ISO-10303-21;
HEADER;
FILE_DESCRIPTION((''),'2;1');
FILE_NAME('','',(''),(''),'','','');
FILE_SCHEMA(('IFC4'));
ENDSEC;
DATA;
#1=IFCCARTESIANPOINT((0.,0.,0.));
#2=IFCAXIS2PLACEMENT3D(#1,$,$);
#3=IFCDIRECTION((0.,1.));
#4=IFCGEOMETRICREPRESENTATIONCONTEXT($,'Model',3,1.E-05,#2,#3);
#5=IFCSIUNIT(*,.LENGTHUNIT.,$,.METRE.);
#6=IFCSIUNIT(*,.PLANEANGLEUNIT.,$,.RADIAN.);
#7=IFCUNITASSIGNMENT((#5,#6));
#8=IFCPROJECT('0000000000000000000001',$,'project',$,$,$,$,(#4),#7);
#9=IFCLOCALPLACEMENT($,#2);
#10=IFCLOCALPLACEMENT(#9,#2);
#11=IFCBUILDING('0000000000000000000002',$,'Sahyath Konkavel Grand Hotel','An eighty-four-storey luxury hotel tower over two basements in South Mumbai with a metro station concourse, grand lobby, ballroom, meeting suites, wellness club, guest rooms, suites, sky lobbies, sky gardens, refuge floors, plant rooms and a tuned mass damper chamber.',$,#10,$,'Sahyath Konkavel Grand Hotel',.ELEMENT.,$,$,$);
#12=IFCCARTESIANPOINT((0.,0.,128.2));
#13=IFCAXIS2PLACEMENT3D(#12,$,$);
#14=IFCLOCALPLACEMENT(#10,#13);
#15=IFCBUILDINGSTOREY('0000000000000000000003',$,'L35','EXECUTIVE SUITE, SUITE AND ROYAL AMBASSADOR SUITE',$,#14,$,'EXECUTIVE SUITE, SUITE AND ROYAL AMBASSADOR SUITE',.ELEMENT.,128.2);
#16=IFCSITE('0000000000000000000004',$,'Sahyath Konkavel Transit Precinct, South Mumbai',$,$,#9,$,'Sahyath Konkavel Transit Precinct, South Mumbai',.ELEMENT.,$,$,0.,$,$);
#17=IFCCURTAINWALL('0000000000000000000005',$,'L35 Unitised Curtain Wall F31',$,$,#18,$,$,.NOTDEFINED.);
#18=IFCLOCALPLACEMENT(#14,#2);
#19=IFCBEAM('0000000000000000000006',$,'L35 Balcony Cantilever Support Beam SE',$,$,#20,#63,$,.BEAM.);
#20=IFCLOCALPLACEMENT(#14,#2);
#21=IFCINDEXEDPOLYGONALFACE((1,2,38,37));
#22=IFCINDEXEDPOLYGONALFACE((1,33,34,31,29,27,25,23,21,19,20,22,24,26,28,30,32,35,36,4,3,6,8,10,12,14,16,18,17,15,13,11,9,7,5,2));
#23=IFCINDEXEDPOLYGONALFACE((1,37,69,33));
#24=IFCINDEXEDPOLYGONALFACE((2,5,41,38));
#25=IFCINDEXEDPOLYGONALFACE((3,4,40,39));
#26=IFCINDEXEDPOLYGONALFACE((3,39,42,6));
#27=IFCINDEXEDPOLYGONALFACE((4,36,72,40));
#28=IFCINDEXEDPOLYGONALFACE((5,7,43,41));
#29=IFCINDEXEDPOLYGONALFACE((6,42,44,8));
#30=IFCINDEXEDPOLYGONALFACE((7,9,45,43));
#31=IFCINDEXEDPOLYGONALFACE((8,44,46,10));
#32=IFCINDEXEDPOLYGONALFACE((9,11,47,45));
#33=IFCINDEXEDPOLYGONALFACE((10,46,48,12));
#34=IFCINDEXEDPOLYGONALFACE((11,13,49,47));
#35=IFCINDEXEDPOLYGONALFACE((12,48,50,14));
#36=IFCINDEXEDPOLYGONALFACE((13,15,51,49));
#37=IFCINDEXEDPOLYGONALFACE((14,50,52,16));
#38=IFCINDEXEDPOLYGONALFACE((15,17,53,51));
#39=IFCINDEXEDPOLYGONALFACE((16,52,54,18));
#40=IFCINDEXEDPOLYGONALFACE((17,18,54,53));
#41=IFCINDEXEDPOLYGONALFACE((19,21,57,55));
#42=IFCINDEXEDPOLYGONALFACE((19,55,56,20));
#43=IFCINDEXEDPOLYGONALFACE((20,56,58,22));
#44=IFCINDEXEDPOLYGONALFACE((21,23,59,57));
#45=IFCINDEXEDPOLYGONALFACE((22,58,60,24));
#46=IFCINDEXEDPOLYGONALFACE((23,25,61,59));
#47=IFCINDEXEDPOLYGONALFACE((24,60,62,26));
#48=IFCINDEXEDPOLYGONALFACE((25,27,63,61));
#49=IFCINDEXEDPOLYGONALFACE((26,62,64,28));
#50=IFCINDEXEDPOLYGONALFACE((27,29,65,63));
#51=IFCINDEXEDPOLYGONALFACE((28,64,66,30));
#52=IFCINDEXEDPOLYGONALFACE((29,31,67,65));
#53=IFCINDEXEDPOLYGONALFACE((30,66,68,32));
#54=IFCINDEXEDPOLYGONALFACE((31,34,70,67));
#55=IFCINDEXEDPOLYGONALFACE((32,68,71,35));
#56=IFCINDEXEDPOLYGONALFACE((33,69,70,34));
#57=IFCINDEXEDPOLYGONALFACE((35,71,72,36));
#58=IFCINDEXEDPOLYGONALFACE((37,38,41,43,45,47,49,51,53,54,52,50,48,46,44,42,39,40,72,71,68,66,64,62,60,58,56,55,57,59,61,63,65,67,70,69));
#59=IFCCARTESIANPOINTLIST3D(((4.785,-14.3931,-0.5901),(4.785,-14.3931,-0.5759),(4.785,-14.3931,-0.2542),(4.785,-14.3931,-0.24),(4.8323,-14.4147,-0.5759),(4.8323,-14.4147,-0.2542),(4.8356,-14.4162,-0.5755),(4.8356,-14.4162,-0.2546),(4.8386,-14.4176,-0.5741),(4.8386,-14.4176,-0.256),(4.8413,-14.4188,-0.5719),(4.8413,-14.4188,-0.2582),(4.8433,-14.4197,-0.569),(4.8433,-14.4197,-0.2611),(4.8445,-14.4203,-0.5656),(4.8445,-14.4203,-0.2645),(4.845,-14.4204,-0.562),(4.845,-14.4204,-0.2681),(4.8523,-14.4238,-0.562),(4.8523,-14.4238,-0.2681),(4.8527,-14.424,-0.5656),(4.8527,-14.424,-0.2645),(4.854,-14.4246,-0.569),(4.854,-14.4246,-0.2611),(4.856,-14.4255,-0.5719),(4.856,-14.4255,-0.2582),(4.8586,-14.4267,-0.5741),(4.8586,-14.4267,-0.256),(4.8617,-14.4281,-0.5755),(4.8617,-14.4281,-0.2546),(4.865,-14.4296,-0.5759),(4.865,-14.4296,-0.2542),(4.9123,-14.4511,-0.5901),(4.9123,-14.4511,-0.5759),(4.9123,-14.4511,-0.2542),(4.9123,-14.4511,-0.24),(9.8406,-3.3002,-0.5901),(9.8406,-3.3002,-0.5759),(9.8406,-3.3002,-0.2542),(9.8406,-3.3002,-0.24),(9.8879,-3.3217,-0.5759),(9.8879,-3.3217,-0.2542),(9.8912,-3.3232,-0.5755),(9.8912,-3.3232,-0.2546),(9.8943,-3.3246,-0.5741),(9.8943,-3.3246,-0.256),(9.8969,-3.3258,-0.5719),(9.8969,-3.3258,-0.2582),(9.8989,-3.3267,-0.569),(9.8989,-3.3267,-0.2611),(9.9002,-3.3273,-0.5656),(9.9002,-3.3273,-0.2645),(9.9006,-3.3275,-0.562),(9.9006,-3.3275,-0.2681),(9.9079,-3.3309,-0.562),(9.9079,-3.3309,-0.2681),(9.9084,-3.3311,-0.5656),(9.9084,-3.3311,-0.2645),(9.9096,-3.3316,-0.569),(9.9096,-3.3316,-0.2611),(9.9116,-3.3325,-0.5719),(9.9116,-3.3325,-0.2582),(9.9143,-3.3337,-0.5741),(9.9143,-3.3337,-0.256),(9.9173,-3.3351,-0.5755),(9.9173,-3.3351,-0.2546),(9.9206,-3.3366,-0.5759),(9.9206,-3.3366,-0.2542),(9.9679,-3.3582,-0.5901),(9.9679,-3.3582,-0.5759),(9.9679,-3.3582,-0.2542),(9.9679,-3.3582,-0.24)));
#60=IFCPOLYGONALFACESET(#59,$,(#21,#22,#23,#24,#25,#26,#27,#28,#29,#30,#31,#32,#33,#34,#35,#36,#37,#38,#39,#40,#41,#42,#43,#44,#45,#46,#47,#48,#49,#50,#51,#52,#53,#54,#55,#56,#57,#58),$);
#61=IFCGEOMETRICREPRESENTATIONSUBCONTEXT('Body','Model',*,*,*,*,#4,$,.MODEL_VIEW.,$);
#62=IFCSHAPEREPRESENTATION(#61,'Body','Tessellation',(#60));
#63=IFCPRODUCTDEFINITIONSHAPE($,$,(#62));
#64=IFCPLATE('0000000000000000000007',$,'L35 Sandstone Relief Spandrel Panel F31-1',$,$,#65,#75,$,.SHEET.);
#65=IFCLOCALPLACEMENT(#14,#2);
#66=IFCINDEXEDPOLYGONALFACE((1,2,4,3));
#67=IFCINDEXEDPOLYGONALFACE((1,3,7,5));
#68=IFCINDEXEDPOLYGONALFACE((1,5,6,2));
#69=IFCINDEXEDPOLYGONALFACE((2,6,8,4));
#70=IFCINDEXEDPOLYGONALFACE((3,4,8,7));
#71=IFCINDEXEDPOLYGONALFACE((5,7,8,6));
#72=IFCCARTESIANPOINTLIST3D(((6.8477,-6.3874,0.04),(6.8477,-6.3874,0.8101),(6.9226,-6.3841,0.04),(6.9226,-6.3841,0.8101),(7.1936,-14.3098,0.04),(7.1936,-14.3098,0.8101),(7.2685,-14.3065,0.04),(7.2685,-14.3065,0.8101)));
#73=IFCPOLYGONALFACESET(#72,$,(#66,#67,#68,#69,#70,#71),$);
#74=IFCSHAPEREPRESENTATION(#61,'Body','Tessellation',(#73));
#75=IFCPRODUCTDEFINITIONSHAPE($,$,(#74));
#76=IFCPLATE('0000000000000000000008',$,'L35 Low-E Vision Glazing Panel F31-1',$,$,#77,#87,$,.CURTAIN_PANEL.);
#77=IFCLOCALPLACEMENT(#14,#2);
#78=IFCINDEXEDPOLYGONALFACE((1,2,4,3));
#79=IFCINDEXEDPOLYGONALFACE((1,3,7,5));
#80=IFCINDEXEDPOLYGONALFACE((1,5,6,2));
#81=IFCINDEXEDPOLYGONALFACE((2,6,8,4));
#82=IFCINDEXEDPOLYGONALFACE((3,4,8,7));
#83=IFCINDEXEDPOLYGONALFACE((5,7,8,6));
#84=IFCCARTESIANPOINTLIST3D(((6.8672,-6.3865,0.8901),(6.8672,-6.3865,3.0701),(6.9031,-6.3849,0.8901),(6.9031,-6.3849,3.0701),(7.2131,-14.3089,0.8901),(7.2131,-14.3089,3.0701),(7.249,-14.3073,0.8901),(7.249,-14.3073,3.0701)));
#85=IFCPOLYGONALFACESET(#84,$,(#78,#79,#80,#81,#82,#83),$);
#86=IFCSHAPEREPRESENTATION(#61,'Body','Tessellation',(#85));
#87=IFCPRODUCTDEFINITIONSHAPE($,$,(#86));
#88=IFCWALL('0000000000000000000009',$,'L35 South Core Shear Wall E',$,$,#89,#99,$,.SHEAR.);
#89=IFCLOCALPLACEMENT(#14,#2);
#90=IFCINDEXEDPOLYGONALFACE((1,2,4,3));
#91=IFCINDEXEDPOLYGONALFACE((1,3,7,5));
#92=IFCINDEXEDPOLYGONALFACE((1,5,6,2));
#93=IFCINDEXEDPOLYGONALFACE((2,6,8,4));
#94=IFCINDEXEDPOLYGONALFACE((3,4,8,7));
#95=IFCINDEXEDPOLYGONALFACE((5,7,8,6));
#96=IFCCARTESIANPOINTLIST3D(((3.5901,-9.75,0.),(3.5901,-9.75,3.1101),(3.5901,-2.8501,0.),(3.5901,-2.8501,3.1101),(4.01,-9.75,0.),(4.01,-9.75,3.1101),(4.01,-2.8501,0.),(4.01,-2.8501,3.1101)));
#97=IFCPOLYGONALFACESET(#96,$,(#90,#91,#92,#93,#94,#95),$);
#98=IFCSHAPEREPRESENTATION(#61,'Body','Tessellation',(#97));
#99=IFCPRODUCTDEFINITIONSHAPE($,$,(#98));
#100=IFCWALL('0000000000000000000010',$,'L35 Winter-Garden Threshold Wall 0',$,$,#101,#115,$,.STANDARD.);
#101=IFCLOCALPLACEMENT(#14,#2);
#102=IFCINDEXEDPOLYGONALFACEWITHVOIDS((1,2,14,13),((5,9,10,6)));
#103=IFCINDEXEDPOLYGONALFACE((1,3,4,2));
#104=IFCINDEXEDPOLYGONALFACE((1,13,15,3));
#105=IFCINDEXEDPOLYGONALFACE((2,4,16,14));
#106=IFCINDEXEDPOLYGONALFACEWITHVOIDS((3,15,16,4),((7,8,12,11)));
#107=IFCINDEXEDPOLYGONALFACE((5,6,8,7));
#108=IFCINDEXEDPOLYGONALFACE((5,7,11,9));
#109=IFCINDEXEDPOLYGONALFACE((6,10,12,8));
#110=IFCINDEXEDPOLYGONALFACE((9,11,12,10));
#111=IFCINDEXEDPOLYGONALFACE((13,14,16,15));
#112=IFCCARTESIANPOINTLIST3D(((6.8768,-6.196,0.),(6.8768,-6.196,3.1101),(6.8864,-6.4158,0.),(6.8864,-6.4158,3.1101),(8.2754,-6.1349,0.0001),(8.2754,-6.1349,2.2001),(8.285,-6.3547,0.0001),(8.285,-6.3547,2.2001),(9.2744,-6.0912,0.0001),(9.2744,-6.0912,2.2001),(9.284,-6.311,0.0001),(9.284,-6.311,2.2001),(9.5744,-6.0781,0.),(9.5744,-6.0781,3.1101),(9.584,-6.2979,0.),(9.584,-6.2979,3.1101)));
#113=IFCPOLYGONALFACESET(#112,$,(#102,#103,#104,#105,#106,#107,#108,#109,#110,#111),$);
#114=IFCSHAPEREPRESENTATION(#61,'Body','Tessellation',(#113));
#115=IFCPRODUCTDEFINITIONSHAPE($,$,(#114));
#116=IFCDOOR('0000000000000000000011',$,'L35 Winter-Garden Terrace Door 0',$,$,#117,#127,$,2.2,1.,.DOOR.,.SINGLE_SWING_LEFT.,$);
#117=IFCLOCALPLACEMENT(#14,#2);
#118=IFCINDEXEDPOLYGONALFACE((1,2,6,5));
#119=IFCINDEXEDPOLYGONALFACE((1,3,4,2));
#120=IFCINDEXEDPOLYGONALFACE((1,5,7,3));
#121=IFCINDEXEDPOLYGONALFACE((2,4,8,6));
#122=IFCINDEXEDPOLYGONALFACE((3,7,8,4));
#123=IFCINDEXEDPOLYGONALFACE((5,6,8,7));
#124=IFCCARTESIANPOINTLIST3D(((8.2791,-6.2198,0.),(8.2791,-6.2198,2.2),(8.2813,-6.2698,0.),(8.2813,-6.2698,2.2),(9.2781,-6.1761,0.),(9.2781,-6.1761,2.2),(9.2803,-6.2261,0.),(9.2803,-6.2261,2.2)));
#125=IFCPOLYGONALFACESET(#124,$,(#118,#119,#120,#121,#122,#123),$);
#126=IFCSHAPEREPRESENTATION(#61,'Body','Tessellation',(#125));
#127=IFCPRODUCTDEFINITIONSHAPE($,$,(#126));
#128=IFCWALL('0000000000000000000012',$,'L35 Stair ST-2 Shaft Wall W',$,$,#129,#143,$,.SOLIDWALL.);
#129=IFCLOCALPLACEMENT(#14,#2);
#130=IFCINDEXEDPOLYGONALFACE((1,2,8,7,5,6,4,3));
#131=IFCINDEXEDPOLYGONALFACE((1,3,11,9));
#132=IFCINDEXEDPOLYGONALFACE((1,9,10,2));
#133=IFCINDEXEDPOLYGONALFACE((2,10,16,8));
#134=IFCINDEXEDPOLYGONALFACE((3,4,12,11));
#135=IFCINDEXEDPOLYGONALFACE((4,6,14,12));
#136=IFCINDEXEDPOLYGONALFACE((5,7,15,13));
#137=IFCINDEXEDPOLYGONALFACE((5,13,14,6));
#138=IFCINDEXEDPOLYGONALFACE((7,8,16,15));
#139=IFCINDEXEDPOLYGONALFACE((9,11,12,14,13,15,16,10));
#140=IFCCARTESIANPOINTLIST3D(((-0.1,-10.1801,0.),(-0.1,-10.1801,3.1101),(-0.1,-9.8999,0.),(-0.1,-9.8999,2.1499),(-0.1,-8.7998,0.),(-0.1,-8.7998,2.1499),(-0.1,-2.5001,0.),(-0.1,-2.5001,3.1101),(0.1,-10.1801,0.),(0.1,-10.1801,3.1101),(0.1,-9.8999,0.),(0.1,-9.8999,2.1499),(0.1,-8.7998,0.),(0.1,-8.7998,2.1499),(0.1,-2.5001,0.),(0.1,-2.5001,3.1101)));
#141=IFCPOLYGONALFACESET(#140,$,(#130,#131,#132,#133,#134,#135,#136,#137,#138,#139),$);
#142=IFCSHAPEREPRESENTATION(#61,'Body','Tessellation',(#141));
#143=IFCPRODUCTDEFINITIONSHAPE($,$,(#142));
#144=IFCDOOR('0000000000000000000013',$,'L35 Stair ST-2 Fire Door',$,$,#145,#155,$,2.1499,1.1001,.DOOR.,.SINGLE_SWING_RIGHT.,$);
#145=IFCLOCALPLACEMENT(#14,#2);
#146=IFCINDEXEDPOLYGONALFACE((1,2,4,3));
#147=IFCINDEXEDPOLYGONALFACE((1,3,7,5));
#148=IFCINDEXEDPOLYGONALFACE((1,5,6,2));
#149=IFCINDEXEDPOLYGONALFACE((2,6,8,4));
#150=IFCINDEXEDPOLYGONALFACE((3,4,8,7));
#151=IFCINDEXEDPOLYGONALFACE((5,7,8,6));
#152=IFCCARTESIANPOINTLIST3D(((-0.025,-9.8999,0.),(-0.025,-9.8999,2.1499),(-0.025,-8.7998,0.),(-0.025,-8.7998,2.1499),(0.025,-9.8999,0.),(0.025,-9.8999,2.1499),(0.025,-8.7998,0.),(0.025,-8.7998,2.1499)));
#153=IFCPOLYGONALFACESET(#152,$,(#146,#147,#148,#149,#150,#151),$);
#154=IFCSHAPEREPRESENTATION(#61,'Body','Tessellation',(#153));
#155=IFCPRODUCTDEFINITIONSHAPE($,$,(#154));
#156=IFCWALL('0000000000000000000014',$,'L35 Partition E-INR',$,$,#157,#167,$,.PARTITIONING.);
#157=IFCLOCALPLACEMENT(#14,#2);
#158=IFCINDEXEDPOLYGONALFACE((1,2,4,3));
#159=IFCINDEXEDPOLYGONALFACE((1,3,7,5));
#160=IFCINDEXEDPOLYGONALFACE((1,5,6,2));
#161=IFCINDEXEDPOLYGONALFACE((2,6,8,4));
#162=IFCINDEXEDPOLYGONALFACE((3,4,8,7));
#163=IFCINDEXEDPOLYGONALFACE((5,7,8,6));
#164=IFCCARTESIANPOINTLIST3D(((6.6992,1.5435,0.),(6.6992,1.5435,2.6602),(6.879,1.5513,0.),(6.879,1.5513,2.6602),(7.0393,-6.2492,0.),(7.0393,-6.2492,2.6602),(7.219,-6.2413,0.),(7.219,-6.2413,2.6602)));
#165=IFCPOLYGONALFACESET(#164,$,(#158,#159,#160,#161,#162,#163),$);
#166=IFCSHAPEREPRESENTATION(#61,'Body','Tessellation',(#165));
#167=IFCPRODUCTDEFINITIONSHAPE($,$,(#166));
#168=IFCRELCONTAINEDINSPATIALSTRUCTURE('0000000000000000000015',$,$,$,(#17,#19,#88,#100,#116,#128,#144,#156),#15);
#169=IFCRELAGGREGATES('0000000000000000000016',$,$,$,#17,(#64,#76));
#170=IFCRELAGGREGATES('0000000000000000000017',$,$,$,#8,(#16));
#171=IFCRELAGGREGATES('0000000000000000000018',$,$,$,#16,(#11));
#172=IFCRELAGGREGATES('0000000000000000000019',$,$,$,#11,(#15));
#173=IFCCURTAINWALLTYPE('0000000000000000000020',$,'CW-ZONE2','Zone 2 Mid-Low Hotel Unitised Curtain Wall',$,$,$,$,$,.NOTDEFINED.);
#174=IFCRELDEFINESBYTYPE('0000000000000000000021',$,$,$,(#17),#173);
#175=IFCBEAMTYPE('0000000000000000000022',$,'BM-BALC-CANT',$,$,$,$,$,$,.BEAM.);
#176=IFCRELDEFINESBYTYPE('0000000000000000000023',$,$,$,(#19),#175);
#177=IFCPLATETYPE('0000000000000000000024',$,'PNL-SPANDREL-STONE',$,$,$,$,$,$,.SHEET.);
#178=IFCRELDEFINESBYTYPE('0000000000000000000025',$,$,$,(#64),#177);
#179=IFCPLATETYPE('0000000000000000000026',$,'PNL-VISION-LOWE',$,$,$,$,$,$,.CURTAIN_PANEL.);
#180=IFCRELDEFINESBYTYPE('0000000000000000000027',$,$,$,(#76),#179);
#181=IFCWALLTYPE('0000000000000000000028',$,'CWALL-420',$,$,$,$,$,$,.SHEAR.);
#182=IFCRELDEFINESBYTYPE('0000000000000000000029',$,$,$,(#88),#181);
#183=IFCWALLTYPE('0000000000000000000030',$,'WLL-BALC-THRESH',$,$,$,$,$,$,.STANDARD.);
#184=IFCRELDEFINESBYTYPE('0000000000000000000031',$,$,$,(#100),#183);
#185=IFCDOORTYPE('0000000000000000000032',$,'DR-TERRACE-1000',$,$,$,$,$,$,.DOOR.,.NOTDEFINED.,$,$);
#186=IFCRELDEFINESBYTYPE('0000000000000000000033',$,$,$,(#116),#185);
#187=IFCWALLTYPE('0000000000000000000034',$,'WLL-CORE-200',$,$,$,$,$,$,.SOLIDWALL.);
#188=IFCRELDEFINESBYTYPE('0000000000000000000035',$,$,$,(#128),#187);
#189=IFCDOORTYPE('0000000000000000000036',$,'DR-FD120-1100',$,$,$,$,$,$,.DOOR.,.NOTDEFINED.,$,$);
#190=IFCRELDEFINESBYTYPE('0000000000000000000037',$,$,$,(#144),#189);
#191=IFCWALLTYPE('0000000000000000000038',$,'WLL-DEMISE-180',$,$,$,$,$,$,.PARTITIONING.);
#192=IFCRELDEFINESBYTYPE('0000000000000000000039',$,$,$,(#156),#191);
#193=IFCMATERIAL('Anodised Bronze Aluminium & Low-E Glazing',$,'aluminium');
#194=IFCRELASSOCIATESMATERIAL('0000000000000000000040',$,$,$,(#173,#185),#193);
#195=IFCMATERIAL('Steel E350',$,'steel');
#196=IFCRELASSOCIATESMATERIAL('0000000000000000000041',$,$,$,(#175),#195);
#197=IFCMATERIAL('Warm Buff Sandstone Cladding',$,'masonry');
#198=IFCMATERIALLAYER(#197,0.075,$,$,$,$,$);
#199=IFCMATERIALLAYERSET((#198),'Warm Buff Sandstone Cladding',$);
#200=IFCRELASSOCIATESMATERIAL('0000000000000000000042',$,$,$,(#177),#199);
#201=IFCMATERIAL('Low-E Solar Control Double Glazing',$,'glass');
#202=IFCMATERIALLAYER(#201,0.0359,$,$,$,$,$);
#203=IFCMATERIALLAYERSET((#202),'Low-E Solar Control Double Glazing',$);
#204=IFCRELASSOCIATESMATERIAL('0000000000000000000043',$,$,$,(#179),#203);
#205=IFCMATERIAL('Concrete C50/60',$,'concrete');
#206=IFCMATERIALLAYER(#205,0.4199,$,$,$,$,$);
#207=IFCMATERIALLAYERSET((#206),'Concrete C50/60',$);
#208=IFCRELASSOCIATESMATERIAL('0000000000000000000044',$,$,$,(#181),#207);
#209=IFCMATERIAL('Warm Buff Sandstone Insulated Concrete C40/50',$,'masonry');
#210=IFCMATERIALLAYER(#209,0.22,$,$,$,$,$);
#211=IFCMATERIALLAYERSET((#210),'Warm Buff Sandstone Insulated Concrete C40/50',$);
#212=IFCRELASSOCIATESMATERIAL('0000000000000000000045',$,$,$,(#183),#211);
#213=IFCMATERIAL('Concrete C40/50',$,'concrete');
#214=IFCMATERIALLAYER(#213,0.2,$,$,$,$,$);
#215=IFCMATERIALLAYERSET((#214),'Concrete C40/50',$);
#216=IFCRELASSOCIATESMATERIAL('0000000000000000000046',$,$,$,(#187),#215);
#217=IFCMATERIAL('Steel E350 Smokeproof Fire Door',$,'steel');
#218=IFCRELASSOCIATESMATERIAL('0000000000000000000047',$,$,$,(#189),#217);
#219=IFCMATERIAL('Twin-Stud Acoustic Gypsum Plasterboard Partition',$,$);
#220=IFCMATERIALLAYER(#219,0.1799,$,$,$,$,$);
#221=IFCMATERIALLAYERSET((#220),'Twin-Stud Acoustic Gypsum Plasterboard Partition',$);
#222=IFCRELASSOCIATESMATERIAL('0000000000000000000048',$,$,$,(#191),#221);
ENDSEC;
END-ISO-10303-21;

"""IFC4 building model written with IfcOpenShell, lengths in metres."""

from ifc_helpers import new_model, si_unit, direction, frame, frame_2d, origin, origin_2d, place, context, subcontext, project, spatial, rectangle, i_section, extrude, source, transform, mapped, material, layer, layer_set, material_profile, profile_set, type_object, element, fill, aggregate, save


model = new_model("IFC4")

# Units and contexts
model_context = context("Model", 3, precision=1e-05, world=origin(), true_north=direction((0.0, 1.0)))
body_context = subcontext(model_context, "Body", "Model", "MODEL_VIEW")
ifc_project = project(units=[si_unit("LENGTHUNIT", "METRE"), si_unit("PLANEANGLEUNIT", "RADIAN")], contexts=[model_context])

# Site, building, storey
site_placement = place(None, origin())
site = spatial("IfcSite", under=ifc_project, at=site_placement, Name="Sahyath Konkavel Transit Precinct, South Mumbai", LongName="Sahyath Konkavel Transit Precinct, South Mumbai", CompositionType="ELEMENT", RefElevation=0.0)
building_placement = place(site_placement, origin())
building = spatial("IfcBuilding", under=site, at=building_placement, Name="Sahyath Konkavel Grand Hotel", Description="An eighty-four-storey luxury hotel tower over two basements in South Mumbai with a metro station concourse, grand lobby, ballroom, meeting suites, wellness club, guest rooms, suites, sky lobbies, sky gardens, refuge floors, plant rooms and a tuned mass damper chamber.", LongName="Sahyath Konkavel Grand Hotel", CompositionType="ELEMENT")
storey_placement = place(building_placement, frame((0.0, 0.0, 128.2)))
storey = spatial("IfcBuildingStorey", under=building, at=storey_placement, Name="L35", Description="EXECUTIVE SUITE, SUITE AND ROYAL AMBASSADOR SUITE", LongName="EXECUTIVE SUITE, SUITE AND ROYAL AMBASSADOR SUITE", CompositionType="ELEMENT", Elevation=128.2)

# Shared definitions
ifc_material_1 = material(Name="Steel E350", Category="steel")

# Shared definitions
ifc_material_2 = material(Name="Anodised Bronze Aluminium & Low-E Glazing", Category="aluminium")
curtain_wall_type = type_object("IfcCurtainWallType", Name="CW-ZONE2", Description="Zone 2 Mid-Low Hotel Unitised Curtain Wall", PredefinedType="NOTDEFINED", material=ifc_material_2)

# Curtain wall
curtain_wall_1_placement = place(storey_placement, origin())
curtain_wall_1 = element("IfcCurtainWall", 1, at=curtain_wall_1_placement, inside=storey, type_object=curtain_wall_type, Name="L35 Unitised Curtain Wall F31", PredefinedType="NOTDEFINED")

# Beam
ifc_material_profile_1 = material_profile(ifc_material_1, i_section(OverallWidth=0.1399, OverallDepth=0.3501, WebThickness=0.0081, FlangeThickness=0.0142, FilletRadius=0.0139, at=origin_2d()), Name="ISMB 350")
ifc_profile_set_1 = profile_set([ifc_material_profile_1], Name="Steel E350")
beam_type_1 = type_object("IfcBeamType", Name="BM-BALC-CANT", PredefinedType="BEAM", material=ifc_profile_set_1)
shared_shape_1 = source(origin(), body_context, "Body", "SweptSolid", [
    extrude(i_section(OverallWidth=0.1399, OverallDepth=0.3501, WebThickness=0.0081, FlangeThickness=0.0142, FilletRadius=0.0139, at=origin_2d()), origin(), (0.0, 0.0, 1.0), 12.1907),
])
beam_1_placement = place(storey_placement, frame((4.8486, -14.4221, -0.415), z_axis=(0.414713, 0.909952, 0.0), x_axis=(-0.909952, 0.414713, 0.0)))
element("IfcBeam", 2, at=beam_1_placement, inside=storey, type_object=beam_type_1, Name="L35 Balcony Cantilever Support Beam SE", PredefinedType="BEAM", context=body_context, shape_type="MappedRepresentation", body=[
    mapped(shared_shape_1, transform((0.0, 0.0, 0.0), scale=1.0)),
])

# Plates
ifc_material_3 = material(Name="Warm Buff Sandstone Cladding", Category="masonry")
ifc_layer_1 = layer(ifc_material_3, 0.075)
ifc_layer_set_1 = layer_set([ifc_layer_1], Name="Warm Buff Sandstone Cladding")
plate_type_1 = type_object("IfcPlateType", Name="PNL-SPANDREL-STONE", PredefinedType="SHEET", material=ifc_layer_set_1)
shared_shape_2 = source(origin(), body_context, "Body", "SweptSolid", [
    extrude(rectangle(XDim=7.9299, YDim=0.075, at=origin_2d()), origin(), (0.0, 0.0, 1.0), 0.77),
])
plate_1_placement = place(storey_placement, frame((7.0581, -10.3469, 0.04), z_axis=(0.0, 0.0, 1.0), x_axis=(-0.043619, 0.999048, 0.0)))
plate_1 = element("IfcPlate", 3, at=plate_1_placement, type_object=plate_type_1, Name="L35 Sandstone Relief Spandrel Panel F31-1", PredefinedType="SHEET", context=body_context, shape_type="MappedRepresentation", body=[
    mapped(shared_shape_2, transform((0.0, 0.0, 0.0), scale=1.0)),
])
ifc_material_4 = material(Name="Low-E Solar Control Double Glazing", Category="glass")
ifc_layer_2 = layer(ifc_material_4, 0.0359)
ifc_layer_set_2 = layer_set([ifc_layer_2], Name="Low-E Solar Control Double Glazing")
plate_type_2 = type_object("IfcPlateType", Name="PNL-VISION-LOWE", PredefinedType="CURTAIN_PANEL", material=ifc_layer_set_2)
shared_shape_3 = source(origin(), body_context, "Body", "SweptSolid", [
    extrude(rectangle(XDim=7.9299, YDim=0.0359, at=origin_2d()), origin(), (0.0, 0.0, 1.0), 2.1799),
])
plate_2_placement = place(storey_placement, frame((7.0581, -10.3469, 0.8901), z_axis=(0.0, 0.0, 1.0), x_axis=(-0.043619, 0.999048, 0.0)))
plate_2 = element("IfcPlate", 4, at=plate_2_placement, type_object=plate_type_2, Name="L35 Low-E Vision Glazing Panel F31-1", PredefinedType="CURTAIN_PANEL", context=body_context, shape_type="MappedRepresentation", body=[
    mapped(shared_shape_3, transform((0.0, 0.0, 0.0), scale=1.0)),
])
aggregate(curtain_wall_1, [plate_1, plate_2])

# Wall
ifc_material_5 = material(Name="Concrete C50/60", Category="concrete")
ifc_layer_3 = layer(ifc_material_5, 0.4199)
ifc_layer_set_3 = layer_set([ifc_layer_3], Name="Concrete C50/60")
wall_type_1 = type_object("IfcWallType", Name="CWALL-420", PredefinedType="SHEAR", material=ifc_layer_set_3)
wall_1_placement = place(storey_placement, frame((3.8, -9.75, 0.0), z_axis=(0.0, 0.0, 1.0), x_axis=(0.0, 1.0, 0.0)))
element("IfcWall", 5, at=wall_1_placement, inside=storey, type_object=wall_type_1, Name="L35 South Core Shear Wall E", PredefinedType="SHEAR", context=body_context, shape_type="SweptSolid", body=[
    extrude(rectangle(XDim=6.8999, YDim=0.4199, at=frame_2d((3.45, 0.0))), origin(), (0.0, 0.0, 1.0), 3.1101),
])

# Walls, openings, doors
ifc_material_6 = material(Name="Warm Buff Sandstone Insulated Concrete C40/50", Category="masonry")
ifc_layer_4 = layer(ifc_material_6, 0.22)
ifc_layer_set_4 = layer_set([ifc_layer_4], Name="Warm Buff Sandstone Insulated Concrete C40/50")
wall_type_2 = type_object("IfcWallType", Name="WLL-BALC-THRESH", PredefinedType="STANDARD", material=ifc_layer_set_4)
wall_2_placement = place(storey_placement, frame((6.8816, -6.3059, 0.0), z_axis=(0.0, 0.0, 1.0), x_axis=(0.999046, 0.043673, 0.0)))
wall_2 = element("IfcWall", 6, at=wall_2_placement, inside=storey, type_object=wall_type_2, Name="L35 Winter-Garden Threshold Wall 0", PredefinedType="STANDARD", context=body_context, shape_type="SweptSolid", body=[
    extrude(rectangle(XDim=2.7002, YDim=0.22, at=frame_2d((1.3501, 0.0))), origin(), (0.0, 0.0, 1.0), 3.1101),
])
opening_1_placement = place(wall_2_placement, frame((1.3999, 0.0, 0.0)))
opening_1 = element("IfcOpeningElement", 7, at=opening_1_placement, cuts=wall_2, PredefinedType="OPENING", context=body_context, shape_type="SweptSolid", body=[
    extrude(rectangle(XDim=1.0, YDim=2.2, at=frame_2d((0.5, 1.1001))), frame((0.0, 0.1201, 0.0), z_axis=(0.0, -1.0, 0.0), x_axis=(1.0, 0.0, 0.0)), (0.0, 0.0, 1.0), 0.24),
])
door_type_1 = type_object("IfcDoorType", Name="DR-TERRACE-1000", OperationType="NOTDEFINED", PredefinedType="DOOR", material=ifc_material_2)
shared_shape_4 = source(origin(), body_context, "Body", "SweptSolid", [
    extrude(rectangle(XDim=1.0, YDim=0.05, at=origin_2d()), origin(), (0.0, 0.0, 1.0), 2.2),
])
door_1_placement = place(opening_1_placement, frame((0.5, 0.0, 0.0)))
door_1 = element("IfcDoor", 8, at=door_1_placement, inside=storey, type_object=door_type_1, Name="L35 Winter-Garden Terrace Door 0", OperationType="SINGLE_SWING_LEFT", OverallHeight=2.2, OverallWidth=1.0, PredefinedType="DOOR", context=body_context, shape_type="MappedRepresentation", body=[
    mapped(shared_shape_4, transform((0.0, 0.0, 0.0), scale=1.0)),
])
fill(opening_1, door_1)
ifc_material_7 = material(Name="Concrete C40/50", Category="concrete")
ifc_layer_5 = layer(ifc_material_7, 0.2)
ifc_layer_set_5 = layer_set([ifc_layer_5], Name="Concrete C40/50")
wall_type_3 = type_object("IfcWallType", Name="WLL-CORE-200", PredefinedType="SOLIDWALL", material=ifc_layer_set_5)
wall_3_placement = place(storey_placement, frame((0.0, -10.1799, 0.0), z_axis=(0.0, 0.0, 1.0), x_axis=(0.0, 1.0, 0.0)))
wall_3 = element("IfcWall", 9, at=wall_3_placement, inside=storey, type_object=wall_type_3, Name="L35 Stair ST-2 Shaft Wall W", PredefinedType="SOLIDWALL", context=body_context, shape_type="SweptSolid", body=[
    extrude(rectangle(XDim=7.6799, YDim=0.2, at=frame_2d((3.8398, 0.0))), origin(), (0.0, 0.0, 1.0), 3.1101),
])
opening_2_placement = place(wall_3_placement, frame((0.28, 0.0, 0.0)))
opening_2 = element("IfcOpeningElement", 10, at=opening_2_placement, cuts=wall_3, PredefinedType="OPENING", context=body_context, shape_type="SweptSolid", body=[
    extrude(rectangle(XDim=1.1001, YDim=2.1499, at=frame_2d((0.55, 1.075))), frame((0.0, 0.1099, 0.0), z_axis=(0.0, -1.0, 0.0), x_axis=(1.0, 0.0, 0.0)), (0.0, 0.0, 1.0), 0.22),
])
ifc_material_8 = material(Name="Steel E350 Smokeproof Fire Door", Category="steel")
door_type_2 = type_object("IfcDoorType", Name="DR-FD120-1100", OperationType="NOTDEFINED", PredefinedType="DOOR", material=ifc_material_8)
shared_shape_5 = source(origin(), body_context, "Body", "SweptSolid", [
    extrude(rectangle(XDim=1.1001, YDim=0.05, at=origin_2d()), origin(), (0.0, 0.0, 1.0), 2.1499),
])
door_2_placement = place(opening_2_placement, frame((0.55, 0.0, 0.0)))
door_2 = element("IfcDoor", 11, at=door_2_placement, inside=storey, type_object=door_type_2, Name="L35 Stair ST-2 Fire Door", OperationType="SINGLE_SWING_RIGHT", OverallHeight=2.1499, OverallWidth=1.1001, PredefinedType="DOOR", context=body_context, shape_type="MappedRepresentation", body=[
    mapped(shared_shape_5, transform((0.0, 0.0, 0.0), scale=1.0)),
])
fill(opening_2, door_2)

# Wall
ifc_material_9 = material(Name="Twin-Stud Acoustic Gypsum Plasterboard Partition")
ifc_layer_6 = layer(ifc_material_9, 0.1799)
ifc_layer_set_6 = layer_set([ifc_layer_6], Name="Twin-Stud Acoustic Gypsum Plasterboard Partition")
wall_type_4 = type_object("IfcWallType", Name="WLL-DEMISE-180", PredefinedType="PARTITIONING", material=ifc_layer_set_6)
wall_4_placement = place(storey_placement, frame((7.1292, -6.2451, 0.0), z_axis=(0.0, 0.0, 1.0), x_axis=(-0.0436, 0.999049, 0.0)))
element("IfcWall", 12, at=wall_4_placement, inside=storey, type_object=wall_type_4, Name="L35 Partition E-INR", PredefinedType="PARTITIONING", context=body_context, shape_type="SweptSolid", body=[
    extrude(rectangle(XDim=7.8, YDim=0.1799, at=frame_2d((3.8999, 0.0))), origin(), (0.0, 0.0, 1.0), 2.6602),
])

save(model, "model.ifc")
